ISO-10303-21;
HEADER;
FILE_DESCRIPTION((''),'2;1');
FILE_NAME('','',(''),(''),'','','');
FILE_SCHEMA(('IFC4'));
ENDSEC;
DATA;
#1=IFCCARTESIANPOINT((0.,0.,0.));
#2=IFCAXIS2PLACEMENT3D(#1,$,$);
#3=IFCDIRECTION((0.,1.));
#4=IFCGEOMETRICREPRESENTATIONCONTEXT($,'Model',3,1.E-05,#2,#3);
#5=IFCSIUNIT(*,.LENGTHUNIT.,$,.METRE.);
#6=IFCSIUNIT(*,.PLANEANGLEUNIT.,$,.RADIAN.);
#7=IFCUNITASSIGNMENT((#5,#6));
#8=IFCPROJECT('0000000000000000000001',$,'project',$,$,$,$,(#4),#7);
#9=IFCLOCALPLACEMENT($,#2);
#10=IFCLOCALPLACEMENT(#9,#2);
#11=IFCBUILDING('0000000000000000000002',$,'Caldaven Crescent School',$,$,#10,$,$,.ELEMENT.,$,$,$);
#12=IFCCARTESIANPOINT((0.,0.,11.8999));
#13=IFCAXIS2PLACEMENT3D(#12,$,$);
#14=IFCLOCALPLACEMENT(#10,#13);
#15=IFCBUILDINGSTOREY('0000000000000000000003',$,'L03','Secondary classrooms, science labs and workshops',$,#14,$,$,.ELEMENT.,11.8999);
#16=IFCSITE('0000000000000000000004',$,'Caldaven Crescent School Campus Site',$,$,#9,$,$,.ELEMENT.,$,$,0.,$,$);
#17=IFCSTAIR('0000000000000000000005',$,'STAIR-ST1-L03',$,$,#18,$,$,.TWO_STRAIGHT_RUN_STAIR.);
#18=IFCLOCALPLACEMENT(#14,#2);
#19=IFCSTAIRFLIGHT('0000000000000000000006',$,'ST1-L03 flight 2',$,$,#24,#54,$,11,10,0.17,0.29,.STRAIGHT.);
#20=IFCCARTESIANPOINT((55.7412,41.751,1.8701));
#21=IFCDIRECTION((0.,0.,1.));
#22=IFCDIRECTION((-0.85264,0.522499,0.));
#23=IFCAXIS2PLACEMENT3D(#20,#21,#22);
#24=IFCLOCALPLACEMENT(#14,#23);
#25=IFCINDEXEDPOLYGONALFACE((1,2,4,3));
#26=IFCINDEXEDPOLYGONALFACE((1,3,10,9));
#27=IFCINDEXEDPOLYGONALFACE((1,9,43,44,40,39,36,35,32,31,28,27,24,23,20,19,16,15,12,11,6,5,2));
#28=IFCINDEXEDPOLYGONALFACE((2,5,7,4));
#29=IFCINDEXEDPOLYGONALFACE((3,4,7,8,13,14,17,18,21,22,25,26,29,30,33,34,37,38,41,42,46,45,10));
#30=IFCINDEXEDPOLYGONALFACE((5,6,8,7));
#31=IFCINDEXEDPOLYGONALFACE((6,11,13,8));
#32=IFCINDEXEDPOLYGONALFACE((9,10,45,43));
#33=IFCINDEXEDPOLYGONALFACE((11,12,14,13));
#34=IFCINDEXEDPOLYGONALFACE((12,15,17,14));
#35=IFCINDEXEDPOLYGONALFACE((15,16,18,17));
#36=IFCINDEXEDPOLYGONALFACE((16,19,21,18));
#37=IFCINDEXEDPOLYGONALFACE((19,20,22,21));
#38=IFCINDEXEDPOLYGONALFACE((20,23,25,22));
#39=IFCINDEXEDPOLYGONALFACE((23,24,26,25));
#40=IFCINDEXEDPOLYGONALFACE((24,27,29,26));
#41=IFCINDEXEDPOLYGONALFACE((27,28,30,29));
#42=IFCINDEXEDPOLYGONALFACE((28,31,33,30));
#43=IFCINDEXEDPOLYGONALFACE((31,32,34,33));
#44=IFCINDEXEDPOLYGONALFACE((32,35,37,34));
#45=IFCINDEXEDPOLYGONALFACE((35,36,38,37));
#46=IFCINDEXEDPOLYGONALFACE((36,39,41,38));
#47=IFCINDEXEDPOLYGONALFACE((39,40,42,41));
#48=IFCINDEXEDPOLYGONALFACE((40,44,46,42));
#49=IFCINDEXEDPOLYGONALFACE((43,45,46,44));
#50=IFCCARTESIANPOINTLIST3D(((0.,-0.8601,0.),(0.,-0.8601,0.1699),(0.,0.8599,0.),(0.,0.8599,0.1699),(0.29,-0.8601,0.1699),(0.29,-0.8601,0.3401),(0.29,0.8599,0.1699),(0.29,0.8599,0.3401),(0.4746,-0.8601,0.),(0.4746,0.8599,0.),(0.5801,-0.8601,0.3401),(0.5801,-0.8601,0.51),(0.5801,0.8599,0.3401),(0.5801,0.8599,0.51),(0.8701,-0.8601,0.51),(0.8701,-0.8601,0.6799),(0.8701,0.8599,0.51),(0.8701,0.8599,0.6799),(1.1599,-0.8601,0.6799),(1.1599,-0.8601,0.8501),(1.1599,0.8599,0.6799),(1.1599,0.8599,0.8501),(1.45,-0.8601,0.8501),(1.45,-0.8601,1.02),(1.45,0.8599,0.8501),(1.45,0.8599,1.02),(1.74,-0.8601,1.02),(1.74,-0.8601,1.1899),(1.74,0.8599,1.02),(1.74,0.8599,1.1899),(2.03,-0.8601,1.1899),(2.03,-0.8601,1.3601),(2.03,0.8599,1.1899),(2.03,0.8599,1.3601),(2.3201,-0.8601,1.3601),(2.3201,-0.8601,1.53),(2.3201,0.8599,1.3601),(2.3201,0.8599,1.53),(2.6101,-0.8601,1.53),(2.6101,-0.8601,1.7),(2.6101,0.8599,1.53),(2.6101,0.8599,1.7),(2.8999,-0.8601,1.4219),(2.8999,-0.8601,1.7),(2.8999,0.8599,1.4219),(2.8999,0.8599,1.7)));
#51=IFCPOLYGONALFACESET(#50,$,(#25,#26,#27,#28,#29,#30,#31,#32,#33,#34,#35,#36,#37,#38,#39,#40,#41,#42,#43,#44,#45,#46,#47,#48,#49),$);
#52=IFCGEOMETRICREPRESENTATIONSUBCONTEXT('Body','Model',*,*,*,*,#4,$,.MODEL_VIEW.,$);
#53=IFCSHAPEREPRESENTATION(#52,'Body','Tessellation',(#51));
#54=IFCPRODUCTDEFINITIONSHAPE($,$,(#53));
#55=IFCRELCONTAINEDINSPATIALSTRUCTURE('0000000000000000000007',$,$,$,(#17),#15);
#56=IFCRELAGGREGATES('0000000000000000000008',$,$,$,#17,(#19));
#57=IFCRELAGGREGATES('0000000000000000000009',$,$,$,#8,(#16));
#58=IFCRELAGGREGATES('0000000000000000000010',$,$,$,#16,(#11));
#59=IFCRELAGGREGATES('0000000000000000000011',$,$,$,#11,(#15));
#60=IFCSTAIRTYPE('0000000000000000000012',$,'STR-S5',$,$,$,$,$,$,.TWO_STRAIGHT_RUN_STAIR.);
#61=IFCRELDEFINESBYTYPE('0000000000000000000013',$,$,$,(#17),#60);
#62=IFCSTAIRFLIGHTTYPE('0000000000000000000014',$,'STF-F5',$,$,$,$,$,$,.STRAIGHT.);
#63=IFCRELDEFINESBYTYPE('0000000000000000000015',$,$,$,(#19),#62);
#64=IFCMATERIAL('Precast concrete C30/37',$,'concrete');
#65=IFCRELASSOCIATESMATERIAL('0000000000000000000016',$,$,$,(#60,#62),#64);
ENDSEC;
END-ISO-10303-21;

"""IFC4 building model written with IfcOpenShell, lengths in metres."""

from ifc_helpers import new_model, si_unit, direction, frame, origin, place, context, subcontext, project, spatial, polyline, outline, extrude, material, type_object, element, aggregate, save


model = new_model("IFC4")

# Units and contexts
model_context = context("Model", 3, precision=1e-05, world=origin(), true_north=direction((0.0, 1.0)))
body_context = subcontext(model_context, "Body", "Model", "MODEL_VIEW")
ifc_project = project(units=[si_unit("LENGTHUNIT", "METRE"), si_unit("PLANEANGLEUNIT", "RADIAN")], contexts=[model_context])

# Site, building, storey
site_placement = place(None, origin())
site = spatial("IfcSite", under=ifc_project, at=site_placement, Name="Caldaven Crescent School Campus Site", CompositionType="ELEMENT", RefElevation=0.0)
building_placement = place(site_placement, origin())
building = spatial("IfcBuilding", under=site, at=building_placement, Name="Caldaven Crescent School", CompositionType="ELEMENT")
storey_placement = place(building_placement, frame((0.0, 0.0, 11.8999)))
storey = spatial("IfcBuildingStorey", under=building, at=storey_placement, Name="L03", Description="Secondary classrooms, science labs and workshops", CompositionType="ELEMENT", Elevation=11.8999)

# Stair, stair flight
ifc_material_1 = material(Name="Precast concrete C30/37", Category="concrete")
stair_type = type_object("IfcStairType", Name="STR-S5", PredefinedType="TWO_STRAIGHT_RUN_STAIR", material=ifc_material_1)
stair_placement = place(storey_placement, origin())
stair = element("IfcStair", 1, at=stair_placement, inside=storey, type_object=stair_type, Name="STAIR-ST1-L03", PredefinedType="TWO_STRAIGHT_RUN_STAIR")
stair_flight_type = type_object("IfcStairFlightType", Name="STF-F5", PredefinedType="STRAIGHT", material=ifc_material_1)
stair_flight_1_placement = place(storey_placement, frame((55.7412, 41.751, 1.8701), z_axis=(0.0, 0.0, 1.0), x_axis=(-0.85264, 0.522499, 0.0)))
stair_flight_1 = element("IfcStairFlight", 2, at=stair_flight_1_placement, type_object=stair_flight_type, Name="ST1-L03 flight 2", NumberOfRisers=11, NumberOfTreads=10, PredefinedType="STRAIGHT", RiserHeight=0.17, TreadLength=0.29, context=body_context, shape_type="SweptSolid", body=[
    extrude(outline(polyline([(0.0, 0.0), (0.0, 0.1699), (0.29, 0.1699), (0.29, 0.3401), (0.5801, 0.3401), (0.5801, 0.51), (0.8701, 0.51), (0.8701, 0.6799), (1.1599, 0.6799), (1.1599, 0.8501), (1.45, 0.8501), (1.45, 1.02), (1.74, 1.02), (1.74, 1.1899), (2.03, 1.1899), (2.03, 1.3601), (2.3201, 1.3601), (2.3201, 1.53), (2.6101, 1.53), (2.6101, 1.7), (2.8999, 1.7), (2.8999, 1.8701), (2.8999, 1.4219), (0.4746, 0.0), (0.0, 0.0)])), frame((0.0, 0.8599, 0.0), z_axis=(0.0, -1.0, 0.0), x_axis=(1.0, 0.0, 0.0)), (0.0, 0.0, 1.0), 1.72),
])
aggregate(stair, [stair_flight_1])

save(model, "model.ifc")
